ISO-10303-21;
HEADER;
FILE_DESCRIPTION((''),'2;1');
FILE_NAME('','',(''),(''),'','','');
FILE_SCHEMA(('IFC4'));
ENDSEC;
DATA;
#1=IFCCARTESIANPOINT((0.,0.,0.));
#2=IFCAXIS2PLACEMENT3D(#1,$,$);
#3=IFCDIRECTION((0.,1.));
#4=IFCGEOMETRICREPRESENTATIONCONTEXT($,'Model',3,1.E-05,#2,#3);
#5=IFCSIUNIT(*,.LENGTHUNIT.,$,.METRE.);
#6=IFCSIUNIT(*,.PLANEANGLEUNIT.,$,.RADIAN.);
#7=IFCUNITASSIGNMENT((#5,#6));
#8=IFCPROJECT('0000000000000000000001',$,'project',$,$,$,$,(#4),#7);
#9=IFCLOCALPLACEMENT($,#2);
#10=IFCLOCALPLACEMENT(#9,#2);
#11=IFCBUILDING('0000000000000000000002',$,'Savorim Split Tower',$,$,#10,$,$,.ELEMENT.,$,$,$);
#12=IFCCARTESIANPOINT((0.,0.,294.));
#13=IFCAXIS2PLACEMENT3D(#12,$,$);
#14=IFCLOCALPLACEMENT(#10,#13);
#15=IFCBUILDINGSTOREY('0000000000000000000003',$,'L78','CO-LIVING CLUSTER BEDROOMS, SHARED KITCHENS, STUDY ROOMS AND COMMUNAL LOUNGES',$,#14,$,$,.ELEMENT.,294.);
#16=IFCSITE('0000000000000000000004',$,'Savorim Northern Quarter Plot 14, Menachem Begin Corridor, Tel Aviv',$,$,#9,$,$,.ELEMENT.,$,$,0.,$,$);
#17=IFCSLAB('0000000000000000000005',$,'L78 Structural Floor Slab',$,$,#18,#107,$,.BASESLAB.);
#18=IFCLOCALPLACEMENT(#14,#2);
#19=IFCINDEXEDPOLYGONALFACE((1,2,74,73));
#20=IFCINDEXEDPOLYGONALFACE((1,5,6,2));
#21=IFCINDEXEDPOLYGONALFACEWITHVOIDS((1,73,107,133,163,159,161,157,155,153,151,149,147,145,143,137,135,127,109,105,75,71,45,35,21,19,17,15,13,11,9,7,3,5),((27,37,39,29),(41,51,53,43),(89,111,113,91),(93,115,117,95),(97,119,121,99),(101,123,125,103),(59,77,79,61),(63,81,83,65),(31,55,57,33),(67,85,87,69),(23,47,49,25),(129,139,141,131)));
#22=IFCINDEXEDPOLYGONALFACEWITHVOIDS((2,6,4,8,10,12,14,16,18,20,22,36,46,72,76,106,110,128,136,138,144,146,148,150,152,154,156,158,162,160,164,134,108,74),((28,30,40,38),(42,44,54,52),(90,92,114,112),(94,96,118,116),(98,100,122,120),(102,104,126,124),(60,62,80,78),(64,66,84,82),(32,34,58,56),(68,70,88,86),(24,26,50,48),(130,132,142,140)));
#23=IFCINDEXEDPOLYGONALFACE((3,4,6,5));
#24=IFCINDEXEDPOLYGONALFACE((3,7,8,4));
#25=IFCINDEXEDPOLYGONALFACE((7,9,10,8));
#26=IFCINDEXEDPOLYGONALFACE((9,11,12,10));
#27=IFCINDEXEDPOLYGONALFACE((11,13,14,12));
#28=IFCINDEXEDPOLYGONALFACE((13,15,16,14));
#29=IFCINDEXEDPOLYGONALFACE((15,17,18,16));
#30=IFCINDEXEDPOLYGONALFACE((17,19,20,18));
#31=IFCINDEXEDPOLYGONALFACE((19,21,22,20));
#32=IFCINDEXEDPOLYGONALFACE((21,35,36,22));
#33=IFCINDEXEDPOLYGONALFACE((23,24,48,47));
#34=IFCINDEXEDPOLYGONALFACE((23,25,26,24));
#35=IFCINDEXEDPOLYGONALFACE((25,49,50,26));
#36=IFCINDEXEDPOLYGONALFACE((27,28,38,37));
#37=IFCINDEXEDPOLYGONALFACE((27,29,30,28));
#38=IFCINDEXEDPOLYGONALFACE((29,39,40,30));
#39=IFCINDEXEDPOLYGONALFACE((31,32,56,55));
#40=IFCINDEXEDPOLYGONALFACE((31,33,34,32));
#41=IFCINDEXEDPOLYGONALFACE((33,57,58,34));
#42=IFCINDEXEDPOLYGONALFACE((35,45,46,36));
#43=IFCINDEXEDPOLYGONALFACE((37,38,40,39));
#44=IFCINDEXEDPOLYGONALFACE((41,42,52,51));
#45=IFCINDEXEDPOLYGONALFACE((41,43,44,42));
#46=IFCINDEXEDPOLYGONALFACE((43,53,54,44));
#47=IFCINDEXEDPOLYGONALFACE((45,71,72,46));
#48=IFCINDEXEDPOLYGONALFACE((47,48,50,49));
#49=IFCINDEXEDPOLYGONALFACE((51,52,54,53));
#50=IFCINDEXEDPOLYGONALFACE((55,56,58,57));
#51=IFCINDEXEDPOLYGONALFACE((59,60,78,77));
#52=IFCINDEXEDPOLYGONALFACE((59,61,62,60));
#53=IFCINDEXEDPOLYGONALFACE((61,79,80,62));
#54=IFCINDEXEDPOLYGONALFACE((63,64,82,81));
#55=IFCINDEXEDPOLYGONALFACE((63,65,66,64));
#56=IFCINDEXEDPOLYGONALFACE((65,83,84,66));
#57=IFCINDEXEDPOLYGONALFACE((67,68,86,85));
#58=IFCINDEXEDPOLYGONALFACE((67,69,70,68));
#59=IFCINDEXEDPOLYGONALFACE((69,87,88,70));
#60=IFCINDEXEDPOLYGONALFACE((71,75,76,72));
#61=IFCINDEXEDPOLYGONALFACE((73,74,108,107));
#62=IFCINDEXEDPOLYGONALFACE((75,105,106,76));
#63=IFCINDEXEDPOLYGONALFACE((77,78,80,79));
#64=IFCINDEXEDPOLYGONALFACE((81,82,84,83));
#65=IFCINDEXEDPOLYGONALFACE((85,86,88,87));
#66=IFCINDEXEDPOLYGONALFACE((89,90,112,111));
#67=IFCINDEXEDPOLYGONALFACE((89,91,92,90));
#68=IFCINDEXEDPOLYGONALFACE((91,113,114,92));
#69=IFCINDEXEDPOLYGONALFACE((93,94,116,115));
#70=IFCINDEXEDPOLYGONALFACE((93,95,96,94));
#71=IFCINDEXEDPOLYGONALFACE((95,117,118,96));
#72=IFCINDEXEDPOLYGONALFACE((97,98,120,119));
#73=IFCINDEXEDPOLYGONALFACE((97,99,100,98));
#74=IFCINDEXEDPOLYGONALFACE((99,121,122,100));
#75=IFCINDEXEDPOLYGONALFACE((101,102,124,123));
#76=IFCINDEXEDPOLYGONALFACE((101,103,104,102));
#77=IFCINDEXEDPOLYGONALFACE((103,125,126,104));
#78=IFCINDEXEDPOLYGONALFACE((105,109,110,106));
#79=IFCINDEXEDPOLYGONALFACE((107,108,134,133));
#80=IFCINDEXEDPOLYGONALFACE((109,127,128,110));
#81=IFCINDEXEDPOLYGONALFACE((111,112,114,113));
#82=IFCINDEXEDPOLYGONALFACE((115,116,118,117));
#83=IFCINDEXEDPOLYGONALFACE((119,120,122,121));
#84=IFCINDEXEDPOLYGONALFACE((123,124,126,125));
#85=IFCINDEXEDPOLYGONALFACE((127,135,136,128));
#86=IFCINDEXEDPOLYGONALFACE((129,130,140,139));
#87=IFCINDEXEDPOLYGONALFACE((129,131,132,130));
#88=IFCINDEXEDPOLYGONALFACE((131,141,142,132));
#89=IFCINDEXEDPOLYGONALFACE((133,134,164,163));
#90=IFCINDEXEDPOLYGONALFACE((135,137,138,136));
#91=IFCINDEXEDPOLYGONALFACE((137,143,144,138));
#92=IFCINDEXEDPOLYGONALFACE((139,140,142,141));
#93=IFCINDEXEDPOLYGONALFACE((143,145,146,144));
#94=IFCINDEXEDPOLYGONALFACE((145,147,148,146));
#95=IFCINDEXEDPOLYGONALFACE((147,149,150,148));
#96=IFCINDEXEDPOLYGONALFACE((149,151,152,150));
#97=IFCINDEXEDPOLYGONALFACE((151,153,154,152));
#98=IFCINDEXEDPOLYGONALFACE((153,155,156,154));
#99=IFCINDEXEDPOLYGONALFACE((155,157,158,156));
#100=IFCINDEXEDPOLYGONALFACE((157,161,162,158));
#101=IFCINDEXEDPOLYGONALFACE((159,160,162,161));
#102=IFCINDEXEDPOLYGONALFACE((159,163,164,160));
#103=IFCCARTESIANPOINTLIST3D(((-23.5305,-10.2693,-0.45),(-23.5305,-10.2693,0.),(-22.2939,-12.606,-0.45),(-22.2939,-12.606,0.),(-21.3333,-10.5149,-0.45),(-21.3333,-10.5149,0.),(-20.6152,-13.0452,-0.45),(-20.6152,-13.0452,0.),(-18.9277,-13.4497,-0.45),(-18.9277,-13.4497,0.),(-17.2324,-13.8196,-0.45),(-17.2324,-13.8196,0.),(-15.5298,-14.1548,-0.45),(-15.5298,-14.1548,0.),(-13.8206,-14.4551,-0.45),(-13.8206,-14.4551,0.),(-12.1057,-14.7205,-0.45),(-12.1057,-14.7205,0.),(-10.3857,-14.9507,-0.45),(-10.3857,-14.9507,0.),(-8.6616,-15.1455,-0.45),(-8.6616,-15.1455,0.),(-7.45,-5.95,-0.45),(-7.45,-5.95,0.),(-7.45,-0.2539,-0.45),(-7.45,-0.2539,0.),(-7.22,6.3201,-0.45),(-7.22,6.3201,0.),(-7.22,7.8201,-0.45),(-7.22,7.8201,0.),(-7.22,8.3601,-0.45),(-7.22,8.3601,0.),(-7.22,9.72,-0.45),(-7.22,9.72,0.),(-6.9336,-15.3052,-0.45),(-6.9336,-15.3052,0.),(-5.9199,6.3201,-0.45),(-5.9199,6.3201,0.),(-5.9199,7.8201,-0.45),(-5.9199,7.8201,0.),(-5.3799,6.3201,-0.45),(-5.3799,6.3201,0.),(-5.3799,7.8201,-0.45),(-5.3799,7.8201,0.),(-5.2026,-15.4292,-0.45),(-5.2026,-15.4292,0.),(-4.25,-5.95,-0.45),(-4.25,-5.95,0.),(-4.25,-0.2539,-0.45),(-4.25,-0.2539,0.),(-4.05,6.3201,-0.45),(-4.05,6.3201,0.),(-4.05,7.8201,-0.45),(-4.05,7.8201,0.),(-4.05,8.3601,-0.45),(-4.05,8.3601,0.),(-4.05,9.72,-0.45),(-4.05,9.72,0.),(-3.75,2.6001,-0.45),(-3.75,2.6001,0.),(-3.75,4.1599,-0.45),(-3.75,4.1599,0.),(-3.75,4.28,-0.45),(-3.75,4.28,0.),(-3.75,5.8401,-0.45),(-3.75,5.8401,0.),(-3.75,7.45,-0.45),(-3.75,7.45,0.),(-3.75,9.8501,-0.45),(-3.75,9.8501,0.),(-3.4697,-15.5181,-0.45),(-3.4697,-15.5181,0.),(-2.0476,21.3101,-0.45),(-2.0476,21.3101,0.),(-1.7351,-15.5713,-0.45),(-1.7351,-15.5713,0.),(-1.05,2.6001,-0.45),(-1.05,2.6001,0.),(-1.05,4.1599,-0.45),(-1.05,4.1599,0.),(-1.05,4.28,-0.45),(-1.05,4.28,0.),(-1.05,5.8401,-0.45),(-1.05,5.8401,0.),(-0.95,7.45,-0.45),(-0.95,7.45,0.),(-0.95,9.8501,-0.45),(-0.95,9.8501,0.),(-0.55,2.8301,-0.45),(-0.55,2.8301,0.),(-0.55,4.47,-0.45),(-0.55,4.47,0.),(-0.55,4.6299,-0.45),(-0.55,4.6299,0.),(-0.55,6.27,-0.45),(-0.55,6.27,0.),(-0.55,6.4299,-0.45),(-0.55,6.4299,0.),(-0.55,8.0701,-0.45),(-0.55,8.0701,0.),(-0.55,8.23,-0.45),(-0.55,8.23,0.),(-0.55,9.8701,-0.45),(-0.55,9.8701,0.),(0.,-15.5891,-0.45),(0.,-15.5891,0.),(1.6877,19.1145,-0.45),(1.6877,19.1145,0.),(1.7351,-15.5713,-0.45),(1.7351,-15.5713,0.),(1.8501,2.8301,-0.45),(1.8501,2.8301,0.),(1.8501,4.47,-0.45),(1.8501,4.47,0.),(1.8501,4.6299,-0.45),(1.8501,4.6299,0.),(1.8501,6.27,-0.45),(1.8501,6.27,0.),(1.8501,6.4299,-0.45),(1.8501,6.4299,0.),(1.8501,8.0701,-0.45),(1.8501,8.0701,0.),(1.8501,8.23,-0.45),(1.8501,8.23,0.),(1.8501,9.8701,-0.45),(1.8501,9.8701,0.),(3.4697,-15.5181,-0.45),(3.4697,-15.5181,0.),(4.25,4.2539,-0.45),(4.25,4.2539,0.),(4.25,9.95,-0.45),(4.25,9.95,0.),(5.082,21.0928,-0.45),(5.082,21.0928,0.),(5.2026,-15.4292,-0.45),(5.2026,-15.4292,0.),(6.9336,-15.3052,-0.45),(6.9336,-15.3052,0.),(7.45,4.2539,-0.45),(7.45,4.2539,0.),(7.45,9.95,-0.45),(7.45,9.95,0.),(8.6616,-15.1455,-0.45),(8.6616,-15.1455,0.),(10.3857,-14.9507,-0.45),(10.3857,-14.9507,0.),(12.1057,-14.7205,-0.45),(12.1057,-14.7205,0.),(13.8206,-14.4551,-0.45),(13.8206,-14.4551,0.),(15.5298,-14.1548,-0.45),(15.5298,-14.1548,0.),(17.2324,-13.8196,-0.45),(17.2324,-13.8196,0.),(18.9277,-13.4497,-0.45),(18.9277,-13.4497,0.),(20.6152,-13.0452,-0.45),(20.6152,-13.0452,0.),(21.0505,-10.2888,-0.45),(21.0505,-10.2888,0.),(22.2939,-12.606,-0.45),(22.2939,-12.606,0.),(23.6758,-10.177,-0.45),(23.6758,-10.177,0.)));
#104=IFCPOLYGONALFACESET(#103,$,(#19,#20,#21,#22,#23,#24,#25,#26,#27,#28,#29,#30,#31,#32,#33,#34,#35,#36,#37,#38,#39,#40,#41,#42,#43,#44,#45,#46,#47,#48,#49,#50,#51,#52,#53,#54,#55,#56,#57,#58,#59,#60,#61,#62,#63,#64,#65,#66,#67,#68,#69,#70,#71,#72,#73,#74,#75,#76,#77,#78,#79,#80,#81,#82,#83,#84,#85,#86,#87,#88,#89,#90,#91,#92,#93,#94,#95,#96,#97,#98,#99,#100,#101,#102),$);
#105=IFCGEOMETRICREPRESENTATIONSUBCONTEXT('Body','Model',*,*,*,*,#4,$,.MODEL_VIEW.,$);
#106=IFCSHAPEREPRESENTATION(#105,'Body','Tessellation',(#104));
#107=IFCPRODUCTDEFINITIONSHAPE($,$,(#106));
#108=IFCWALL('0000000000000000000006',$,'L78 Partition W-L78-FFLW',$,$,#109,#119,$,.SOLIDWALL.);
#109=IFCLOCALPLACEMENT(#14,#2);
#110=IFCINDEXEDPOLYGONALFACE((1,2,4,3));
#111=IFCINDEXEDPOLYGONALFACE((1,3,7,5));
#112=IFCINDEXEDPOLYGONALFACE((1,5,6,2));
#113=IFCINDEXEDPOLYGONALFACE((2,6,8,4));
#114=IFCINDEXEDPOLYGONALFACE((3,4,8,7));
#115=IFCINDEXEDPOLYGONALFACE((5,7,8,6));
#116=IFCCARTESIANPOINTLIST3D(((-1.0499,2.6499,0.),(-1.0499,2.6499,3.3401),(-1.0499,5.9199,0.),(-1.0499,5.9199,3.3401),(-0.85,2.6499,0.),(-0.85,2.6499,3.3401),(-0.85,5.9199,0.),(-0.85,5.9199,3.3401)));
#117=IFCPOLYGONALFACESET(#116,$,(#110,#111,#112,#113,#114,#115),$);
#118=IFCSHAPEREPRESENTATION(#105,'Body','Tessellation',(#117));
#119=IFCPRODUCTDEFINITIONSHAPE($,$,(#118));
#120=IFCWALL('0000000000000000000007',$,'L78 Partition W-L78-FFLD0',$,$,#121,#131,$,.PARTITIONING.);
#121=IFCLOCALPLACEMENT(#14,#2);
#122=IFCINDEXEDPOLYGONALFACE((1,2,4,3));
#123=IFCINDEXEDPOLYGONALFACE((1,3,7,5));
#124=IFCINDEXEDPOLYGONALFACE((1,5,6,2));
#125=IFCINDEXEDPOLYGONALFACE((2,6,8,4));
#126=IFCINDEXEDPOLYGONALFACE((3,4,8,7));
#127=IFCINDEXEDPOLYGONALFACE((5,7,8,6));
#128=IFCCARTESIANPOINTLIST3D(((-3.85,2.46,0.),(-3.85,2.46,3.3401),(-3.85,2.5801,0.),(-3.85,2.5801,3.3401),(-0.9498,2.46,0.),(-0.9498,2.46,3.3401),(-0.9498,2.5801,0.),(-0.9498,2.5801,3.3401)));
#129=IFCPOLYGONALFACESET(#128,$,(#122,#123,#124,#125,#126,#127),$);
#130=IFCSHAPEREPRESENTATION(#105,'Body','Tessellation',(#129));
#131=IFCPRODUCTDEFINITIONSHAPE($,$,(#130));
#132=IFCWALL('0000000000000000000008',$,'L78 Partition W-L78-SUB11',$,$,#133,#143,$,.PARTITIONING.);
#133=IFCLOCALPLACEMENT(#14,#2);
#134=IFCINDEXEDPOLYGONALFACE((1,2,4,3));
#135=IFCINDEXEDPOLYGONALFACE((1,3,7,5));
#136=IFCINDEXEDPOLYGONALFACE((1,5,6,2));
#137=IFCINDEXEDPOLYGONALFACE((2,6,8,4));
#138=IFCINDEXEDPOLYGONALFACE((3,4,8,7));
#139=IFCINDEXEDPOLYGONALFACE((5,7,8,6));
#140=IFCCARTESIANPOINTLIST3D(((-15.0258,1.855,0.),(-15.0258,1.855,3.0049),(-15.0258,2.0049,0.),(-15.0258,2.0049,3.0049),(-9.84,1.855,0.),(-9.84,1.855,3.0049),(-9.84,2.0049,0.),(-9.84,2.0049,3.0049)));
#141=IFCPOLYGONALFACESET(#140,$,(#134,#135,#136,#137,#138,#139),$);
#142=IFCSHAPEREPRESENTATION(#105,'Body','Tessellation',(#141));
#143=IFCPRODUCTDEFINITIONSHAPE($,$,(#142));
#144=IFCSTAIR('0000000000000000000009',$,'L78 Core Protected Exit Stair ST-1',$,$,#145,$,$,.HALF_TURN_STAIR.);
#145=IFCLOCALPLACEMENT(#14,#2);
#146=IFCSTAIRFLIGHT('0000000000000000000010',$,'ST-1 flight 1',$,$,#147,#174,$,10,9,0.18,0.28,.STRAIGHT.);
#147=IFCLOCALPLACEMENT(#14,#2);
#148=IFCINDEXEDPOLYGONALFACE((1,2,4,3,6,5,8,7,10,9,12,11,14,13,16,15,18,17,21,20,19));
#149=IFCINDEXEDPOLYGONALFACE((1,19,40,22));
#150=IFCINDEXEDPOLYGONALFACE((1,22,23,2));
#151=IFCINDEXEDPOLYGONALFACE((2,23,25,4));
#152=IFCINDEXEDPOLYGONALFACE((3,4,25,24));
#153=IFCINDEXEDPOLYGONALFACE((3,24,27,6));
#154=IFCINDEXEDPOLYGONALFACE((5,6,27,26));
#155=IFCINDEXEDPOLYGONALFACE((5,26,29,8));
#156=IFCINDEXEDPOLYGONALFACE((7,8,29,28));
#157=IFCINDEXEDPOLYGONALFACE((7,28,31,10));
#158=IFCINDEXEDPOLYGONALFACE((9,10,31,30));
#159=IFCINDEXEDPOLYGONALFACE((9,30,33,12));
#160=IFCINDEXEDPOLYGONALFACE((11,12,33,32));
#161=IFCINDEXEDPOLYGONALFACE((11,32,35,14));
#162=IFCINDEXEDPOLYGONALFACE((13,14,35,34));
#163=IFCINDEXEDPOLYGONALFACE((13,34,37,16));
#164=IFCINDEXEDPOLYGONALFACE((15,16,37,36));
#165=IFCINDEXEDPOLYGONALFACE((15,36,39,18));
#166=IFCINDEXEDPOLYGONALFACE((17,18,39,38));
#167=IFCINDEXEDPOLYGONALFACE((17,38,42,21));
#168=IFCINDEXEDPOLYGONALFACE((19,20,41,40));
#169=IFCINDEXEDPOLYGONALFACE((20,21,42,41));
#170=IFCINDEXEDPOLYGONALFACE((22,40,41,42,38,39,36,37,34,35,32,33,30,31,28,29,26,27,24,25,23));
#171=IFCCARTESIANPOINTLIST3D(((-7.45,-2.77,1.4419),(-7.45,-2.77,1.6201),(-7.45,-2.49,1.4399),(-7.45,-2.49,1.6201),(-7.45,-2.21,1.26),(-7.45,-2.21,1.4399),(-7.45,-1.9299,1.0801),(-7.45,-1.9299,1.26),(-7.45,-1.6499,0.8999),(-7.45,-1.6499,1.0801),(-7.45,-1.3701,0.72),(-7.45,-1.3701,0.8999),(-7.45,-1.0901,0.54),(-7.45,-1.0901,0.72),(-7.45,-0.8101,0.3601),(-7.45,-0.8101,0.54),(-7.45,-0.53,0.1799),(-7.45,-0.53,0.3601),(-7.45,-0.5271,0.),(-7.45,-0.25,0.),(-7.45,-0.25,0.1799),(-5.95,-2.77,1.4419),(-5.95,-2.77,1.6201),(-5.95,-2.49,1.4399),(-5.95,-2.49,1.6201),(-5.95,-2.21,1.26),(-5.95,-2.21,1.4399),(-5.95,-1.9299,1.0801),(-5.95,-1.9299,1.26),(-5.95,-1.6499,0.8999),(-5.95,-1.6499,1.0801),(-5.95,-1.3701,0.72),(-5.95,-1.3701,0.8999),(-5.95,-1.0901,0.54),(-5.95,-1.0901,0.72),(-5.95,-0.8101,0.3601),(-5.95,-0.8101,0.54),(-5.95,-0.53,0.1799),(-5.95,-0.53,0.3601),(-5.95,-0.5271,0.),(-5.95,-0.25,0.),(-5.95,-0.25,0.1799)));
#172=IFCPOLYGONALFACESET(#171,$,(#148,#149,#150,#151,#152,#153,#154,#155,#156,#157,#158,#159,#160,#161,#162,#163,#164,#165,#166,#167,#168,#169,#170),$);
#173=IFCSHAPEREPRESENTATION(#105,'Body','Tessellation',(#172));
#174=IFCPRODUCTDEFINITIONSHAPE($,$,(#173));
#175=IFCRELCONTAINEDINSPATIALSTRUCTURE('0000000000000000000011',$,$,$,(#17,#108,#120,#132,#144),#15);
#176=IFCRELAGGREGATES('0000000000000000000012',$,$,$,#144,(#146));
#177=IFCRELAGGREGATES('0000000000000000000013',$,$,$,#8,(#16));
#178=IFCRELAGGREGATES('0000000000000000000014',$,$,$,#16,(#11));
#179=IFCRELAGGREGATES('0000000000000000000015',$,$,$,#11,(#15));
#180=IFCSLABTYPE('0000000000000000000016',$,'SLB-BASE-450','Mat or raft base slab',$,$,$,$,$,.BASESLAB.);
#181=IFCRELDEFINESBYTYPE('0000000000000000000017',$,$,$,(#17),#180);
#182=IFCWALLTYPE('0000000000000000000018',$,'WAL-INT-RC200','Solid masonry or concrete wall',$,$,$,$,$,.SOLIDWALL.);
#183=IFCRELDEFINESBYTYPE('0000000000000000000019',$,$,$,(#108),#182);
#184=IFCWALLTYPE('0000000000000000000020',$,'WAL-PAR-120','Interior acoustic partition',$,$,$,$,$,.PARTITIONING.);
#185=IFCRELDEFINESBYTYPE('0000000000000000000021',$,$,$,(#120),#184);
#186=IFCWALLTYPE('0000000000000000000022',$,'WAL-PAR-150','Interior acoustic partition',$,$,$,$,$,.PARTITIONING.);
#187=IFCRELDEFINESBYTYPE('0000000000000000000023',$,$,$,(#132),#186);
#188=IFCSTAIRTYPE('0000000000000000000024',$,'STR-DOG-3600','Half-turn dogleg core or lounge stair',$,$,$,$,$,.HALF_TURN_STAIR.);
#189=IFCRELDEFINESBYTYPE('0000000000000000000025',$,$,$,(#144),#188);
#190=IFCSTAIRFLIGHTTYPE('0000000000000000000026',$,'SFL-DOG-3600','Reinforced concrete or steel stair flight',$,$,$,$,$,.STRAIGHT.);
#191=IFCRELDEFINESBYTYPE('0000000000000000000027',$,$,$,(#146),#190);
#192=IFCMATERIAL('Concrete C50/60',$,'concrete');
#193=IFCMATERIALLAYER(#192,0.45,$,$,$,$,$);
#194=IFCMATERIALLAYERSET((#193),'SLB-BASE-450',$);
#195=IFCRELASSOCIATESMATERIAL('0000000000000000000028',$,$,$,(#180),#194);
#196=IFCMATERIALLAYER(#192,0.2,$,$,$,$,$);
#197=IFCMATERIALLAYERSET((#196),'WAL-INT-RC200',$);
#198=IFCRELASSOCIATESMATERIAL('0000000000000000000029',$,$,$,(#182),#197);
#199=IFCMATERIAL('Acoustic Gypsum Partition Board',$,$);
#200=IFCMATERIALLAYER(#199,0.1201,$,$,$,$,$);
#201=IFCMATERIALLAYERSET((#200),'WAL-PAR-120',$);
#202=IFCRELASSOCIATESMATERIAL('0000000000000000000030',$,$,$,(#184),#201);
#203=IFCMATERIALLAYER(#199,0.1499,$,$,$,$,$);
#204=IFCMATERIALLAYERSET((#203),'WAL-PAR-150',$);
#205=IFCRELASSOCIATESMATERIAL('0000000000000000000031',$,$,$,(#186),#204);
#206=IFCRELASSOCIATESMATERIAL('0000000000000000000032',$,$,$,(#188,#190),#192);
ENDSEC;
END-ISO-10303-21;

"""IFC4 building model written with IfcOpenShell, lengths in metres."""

from ifc_helpers import new_model, si_unit, direction, frame, frame_2d, origin, place, context, subcontext, project, spatial, polyline, rectangle, outline, extrude, material, layer, layer_set, type_object, element, aggregate, save


model = new_model("IFC4")

# Units and contexts
model_context = context("Model", 3, precision=1e-05, world=origin(), true_north=direction((0.0, 1.0)))
body_context = subcontext(model_context, "Body", "Model", "MODEL_VIEW")
ifc_project = project(units=[si_unit("LENGTHUNIT", "METRE"), si_unit("PLANEANGLEUNIT", "RADIAN")], contexts=[model_context])

# Site, building, storey
site_placement = place(None, origin())
site = spatial("IfcSite", under=ifc_project, at=site_placement, Name="Savorim Northern Quarter Plot 14, Menachem Begin Corridor, Tel Aviv", CompositionType="ELEMENT", RefElevation=0.0)
building_placement = place(site_placement, origin())
building = spatial("IfcBuilding", under=site, at=building_placement, Name="Savorim Split Tower", CompositionType="ELEMENT")
storey_placement = place(building_placement, frame((0.0, 0.0, 294.0)))
storey = spatial("IfcBuildingStorey", under=building, at=storey_placement, Name="L78", Description="CO-LIVING CLUSTER BEDROOMS, SHARED KITCHENS, STUDY ROOMS AND COMMUNAL LOUNGES", CompositionType="ELEMENT", Elevation=294.0)

# Slab
ifc_material_1 = material(Name="Concrete C50/60", Category="concrete")
ifc_layer_1 = layer(ifc_material_1, 0.45)
ifc_layer_set_1 = layer_set([ifc_layer_1], Name="SLB-BASE-450")
slab_type_1 = type_object("IfcSlabType", Name="SLB-BASE-450", Description="Mat or raft base slab", PredefinedType="BASESLAB", material=ifc_layer_set_1)
slab_1_placement = place(storey_placement, frame((0.0, 0.0, -0.45)))
element("IfcSlab", 1, at=slab_1_placement, inside=storey, type_object=slab_type_1, Name="L78 Structural Floor Slab", PredefinedType="BASESLAB", context=body_context, shape_type="SweptSolid", body=[
    extrude(outline(polyline([(-22.2939, -12.606), (-20.6152, -13.0452), (-18.9277, -13.4497), (-17.2324, -13.8196), (-15.5298, -14.1548), (-13.8206, -14.4551), (-12.1057, -14.7205), (-10.3857, -14.9507), (-8.6616, -15.1455), (-6.9336, -15.3052), (-5.2026, -15.4292), (-3.4697, -15.5181), (-1.7351, -15.5713), (0.0, -15.5891), (1.7351, -15.5713), (3.4697, -15.5181), (5.2026, -15.4292), (6.9336, -15.3052), (8.6616, -15.1455), (10.3857, -14.9507), (12.1057, -14.7205), (13.8206, -14.4551), (15.5298, -14.1548), (17.2324, -13.8196), (18.9277, -13.4497), (20.6152, -13.0452), (22.2939, -12.606), (21.0505, -10.2888), (23.6758, -10.177), (5.082, 21.0928), (1.6877, 19.1145), (-2.0476, 21.3101), (-23.5305, -10.2693), (-21.3333, -10.5149), (-22.2939, -12.606)]), holes=[polyline([(-7.45, -0.2539), (-7.45, -5.95), (-4.25, -5.95), (-4.25, -0.2539), (-7.45, -0.2539)]), polyline([(7.45, 4.2539), (7.45, 9.95), (4.25, 9.95), (4.25, 4.2539), (7.45, 4.2539)]), polyline([(-0.55, 2.8301), (1.8501, 2.8301), (1.8501, 4.47), (-0.55, 4.47), (-0.55, 2.8301)]), polyline([(-0.55, 4.6299), (1.8501, 4.6299), (1.8501, 6.27), (-0.55, 6.27), (-0.55, 4.6299)]), polyline([(-0.55, 6.4299), (1.8501, 6.4299), (1.8501, 8.0701), (-0.55, 8.0701), (-0.55, 6.4299)]), polyline([(-0.55, 8.23), (1.8501, 8.23), (1.8501, 9.8701), (-0.55, 9.8701), (-0.55, 8.23)]), polyline([(-3.75, 2.6001), (-1.05, 2.6001), (-1.05, 4.1599), (-3.75, 4.1599), (-3.75, 2.6001)]), polyline([(-3.75, 4.28), (-1.05, 4.28), (-1.05, 5.8401), (-3.75, 5.8401), (-3.75, 4.28)]), polyline([(-3.75, 7.45), (-0.95, 7.45), (-0.95, 9.8501), (-3.75, 9.8501), (-3.75, 7.45)]), polyline([(-7.22, 6.3201), (-5.9199, 6.3201), (-5.9199, 7.8201), (-7.22, 7.8201), (-7.22, 6.3201)]), polyline([(-5.3799, 6.3201), (-4.05, 6.3201), (-4.05, 7.8201), (-5.3799, 7.8201), (-5.3799, 6.3201)]), polyline([(-7.22, 8.3601), (-4.05, 8.3601), (-4.05, 9.72), (-7.22, 9.72), (-7.22, 8.3601)])]), origin(), (0.0, 0.0, 1.0), 0.45),
])

# Shared definitions
ifc_layer_2 = layer(ifc_material_1, 0.2)
ifc_layer_set_2 = layer_set([ifc_layer_2], Name="WAL-INT-RC200")
wall_type_1 = type_object("IfcWallType", Name="WAL-INT-RC200", Description="Solid masonry or concrete wall", PredefinedType="SOLIDWALL", material=ifc_layer_set_2)

# Walls
wall_1_placement = place(storey_placement, frame((-0.95, 2.6499, 0.0), z_axis=(0.0, 0.0, 1.0), x_axis=(0.0, 1.0, 0.0)))
element("IfcWall", 2, at=wall_1_placement, inside=storey, type_object=wall_type_1, Name="L78 Partition W-L78-FFLW", PredefinedType="SOLIDWALL", context=body_context, shape_type="SweptSolid", body=[
    extrude(rectangle(XDim=3.27, YDim=0.2, at=frame_2d((1.635, 0.0))), origin(), (0.0, 0.0, 1.0), 3.3401),
])
ifc_material_2 = material(Name="Acoustic Gypsum Partition Board")
ifc_layer_3 = layer(ifc_material_2, 0.1201)
ifc_layer_set_3 = layer_set([ifc_layer_3], Name="WAL-PAR-120")
wall_type_2 = type_object("IfcWallType", Name="WAL-PAR-120", Description="Interior acoustic partition", PredefinedType="PARTITIONING", material=ifc_layer_set_3)
wall_2_placement = place(storey_placement, frame((-3.8501, 2.52, 0.0), z_axis=(0.0, 0.0, 1.0), x_axis=(1.0, 0.0, 0.0)))
element("IfcWall", 3, at=wall_2_placement, inside=storey, type_object=wall_type_2, Name="L78 Partition W-L78-FFLD0", PredefinedType="PARTITIONING", context=body_context, shape_type="SweptSolid", body=[
    extrude(rectangle(XDim=2.9001, YDim=0.1201, at=frame_2d((1.4502, 0.0))), origin(), (0.0, 0.0, 1.0), 3.3401),
])
ifc_layer_4 = layer(ifc_material_2, 0.1499)
ifc_layer_set_4 = layer_set([ifc_layer_4], Name="WAL-PAR-150")
wall_type_3 = type_object("IfcWallType", Name="WAL-PAR-150", Description="Interior acoustic partition", PredefinedType="PARTITIONING", material=ifc_layer_set_4)
wall_3_placement = place(storey_placement, frame((-9.8401, 1.9299, 0.0), z_axis=(0.0, 0.0, 1.0), x_axis=(-1.0, 0.0, 0.0)))
element("IfcWall", 4, at=wall_3_placement, inside=storey, type_object=wall_type_3, Name="L78 Partition W-L78-SUB11", PredefinedType="PARTITIONING", context=body_context, shape_type="SweptSolid", body=[
    extrude(rectangle(XDim=5.1858, YDim=0.1499, at=frame_2d((2.5928, 0.0))), origin(), (0.0, 0.0, 1.0), 3.0049),
])

# Stair, stair flight
stair_type = type_object("IfcStairType", Name="STR-DOG-3600", Description="Half-turn dogleg core or lounge stair", PredefinedType="HALF_TURN_STAIR", material=ifc_material_1)
stair_placement = place(storey_placement, origin())
stair = element("IfcStair", 5, at=stair_placement, inside=storey, type_object=stair_type, Name="L78 Core Protected Exit Stair ST-1", PredefinedType="HALF_TURN_STAIR")
stair_flight_type = type_object("IfcStairFlightType", Name="SFL-DOG-3600", Description="Reinforced concrete or steel stair flight", PredefinedType="STRAIGHT", material=ifc_material_1)
stair_flight_placement = place(storey_placement, frame((-6.7, -0.25, 0.0), z_axis=(0.0, 0.0, 1.0), x_axis=(0.0, -1.0, 0.0)))
stair_flight = element("IfcStairFlight", 6, at=stair_flight_placement, type_object=stair_flight_type, Name="ST-1 flight 1", NumberOfRisers=10, NumberOfTreads=9, PredefinedType="STRAIGHT", RiserHeight=0.18, TreadLength=0.28, context=body_context, shape_type="SweptSolid", body=[
    extrude(outline(polyline([(0.0, 0.0), (0.0, 0.1799), (0.28, 0.1799), (0.28, 0.3601), (0.5601, 0.3601), (0.5601, 0.54), (0.8401, 0.54), (0.8401, 0.72), (1.1201, 0.72), (1.1201, 0.8999), (1.3999, 0.8999), (1.3999, 1.0801), (1.6799, 1.0801), (1.6799, 1.26), (1.96, 1.26), (1.96, 1.4399), (2.24, 1.4399), (2.24, 1.6201), (2.52, 1.6201), (2.52, 1.8), (2.52, 1.4419), (0.2771, 0.0), (0.0, 0.0)])), frame((0.0, 0.75, 0.0), z_axis=(0.0, -1.0, 0.0), x_axis=(1.0, 0.0, 0.0)), (0.0, 0.0, 1.0), 1.5),
])
aggregate(stair, [stair_flight])

save(model, "model.ifc")
